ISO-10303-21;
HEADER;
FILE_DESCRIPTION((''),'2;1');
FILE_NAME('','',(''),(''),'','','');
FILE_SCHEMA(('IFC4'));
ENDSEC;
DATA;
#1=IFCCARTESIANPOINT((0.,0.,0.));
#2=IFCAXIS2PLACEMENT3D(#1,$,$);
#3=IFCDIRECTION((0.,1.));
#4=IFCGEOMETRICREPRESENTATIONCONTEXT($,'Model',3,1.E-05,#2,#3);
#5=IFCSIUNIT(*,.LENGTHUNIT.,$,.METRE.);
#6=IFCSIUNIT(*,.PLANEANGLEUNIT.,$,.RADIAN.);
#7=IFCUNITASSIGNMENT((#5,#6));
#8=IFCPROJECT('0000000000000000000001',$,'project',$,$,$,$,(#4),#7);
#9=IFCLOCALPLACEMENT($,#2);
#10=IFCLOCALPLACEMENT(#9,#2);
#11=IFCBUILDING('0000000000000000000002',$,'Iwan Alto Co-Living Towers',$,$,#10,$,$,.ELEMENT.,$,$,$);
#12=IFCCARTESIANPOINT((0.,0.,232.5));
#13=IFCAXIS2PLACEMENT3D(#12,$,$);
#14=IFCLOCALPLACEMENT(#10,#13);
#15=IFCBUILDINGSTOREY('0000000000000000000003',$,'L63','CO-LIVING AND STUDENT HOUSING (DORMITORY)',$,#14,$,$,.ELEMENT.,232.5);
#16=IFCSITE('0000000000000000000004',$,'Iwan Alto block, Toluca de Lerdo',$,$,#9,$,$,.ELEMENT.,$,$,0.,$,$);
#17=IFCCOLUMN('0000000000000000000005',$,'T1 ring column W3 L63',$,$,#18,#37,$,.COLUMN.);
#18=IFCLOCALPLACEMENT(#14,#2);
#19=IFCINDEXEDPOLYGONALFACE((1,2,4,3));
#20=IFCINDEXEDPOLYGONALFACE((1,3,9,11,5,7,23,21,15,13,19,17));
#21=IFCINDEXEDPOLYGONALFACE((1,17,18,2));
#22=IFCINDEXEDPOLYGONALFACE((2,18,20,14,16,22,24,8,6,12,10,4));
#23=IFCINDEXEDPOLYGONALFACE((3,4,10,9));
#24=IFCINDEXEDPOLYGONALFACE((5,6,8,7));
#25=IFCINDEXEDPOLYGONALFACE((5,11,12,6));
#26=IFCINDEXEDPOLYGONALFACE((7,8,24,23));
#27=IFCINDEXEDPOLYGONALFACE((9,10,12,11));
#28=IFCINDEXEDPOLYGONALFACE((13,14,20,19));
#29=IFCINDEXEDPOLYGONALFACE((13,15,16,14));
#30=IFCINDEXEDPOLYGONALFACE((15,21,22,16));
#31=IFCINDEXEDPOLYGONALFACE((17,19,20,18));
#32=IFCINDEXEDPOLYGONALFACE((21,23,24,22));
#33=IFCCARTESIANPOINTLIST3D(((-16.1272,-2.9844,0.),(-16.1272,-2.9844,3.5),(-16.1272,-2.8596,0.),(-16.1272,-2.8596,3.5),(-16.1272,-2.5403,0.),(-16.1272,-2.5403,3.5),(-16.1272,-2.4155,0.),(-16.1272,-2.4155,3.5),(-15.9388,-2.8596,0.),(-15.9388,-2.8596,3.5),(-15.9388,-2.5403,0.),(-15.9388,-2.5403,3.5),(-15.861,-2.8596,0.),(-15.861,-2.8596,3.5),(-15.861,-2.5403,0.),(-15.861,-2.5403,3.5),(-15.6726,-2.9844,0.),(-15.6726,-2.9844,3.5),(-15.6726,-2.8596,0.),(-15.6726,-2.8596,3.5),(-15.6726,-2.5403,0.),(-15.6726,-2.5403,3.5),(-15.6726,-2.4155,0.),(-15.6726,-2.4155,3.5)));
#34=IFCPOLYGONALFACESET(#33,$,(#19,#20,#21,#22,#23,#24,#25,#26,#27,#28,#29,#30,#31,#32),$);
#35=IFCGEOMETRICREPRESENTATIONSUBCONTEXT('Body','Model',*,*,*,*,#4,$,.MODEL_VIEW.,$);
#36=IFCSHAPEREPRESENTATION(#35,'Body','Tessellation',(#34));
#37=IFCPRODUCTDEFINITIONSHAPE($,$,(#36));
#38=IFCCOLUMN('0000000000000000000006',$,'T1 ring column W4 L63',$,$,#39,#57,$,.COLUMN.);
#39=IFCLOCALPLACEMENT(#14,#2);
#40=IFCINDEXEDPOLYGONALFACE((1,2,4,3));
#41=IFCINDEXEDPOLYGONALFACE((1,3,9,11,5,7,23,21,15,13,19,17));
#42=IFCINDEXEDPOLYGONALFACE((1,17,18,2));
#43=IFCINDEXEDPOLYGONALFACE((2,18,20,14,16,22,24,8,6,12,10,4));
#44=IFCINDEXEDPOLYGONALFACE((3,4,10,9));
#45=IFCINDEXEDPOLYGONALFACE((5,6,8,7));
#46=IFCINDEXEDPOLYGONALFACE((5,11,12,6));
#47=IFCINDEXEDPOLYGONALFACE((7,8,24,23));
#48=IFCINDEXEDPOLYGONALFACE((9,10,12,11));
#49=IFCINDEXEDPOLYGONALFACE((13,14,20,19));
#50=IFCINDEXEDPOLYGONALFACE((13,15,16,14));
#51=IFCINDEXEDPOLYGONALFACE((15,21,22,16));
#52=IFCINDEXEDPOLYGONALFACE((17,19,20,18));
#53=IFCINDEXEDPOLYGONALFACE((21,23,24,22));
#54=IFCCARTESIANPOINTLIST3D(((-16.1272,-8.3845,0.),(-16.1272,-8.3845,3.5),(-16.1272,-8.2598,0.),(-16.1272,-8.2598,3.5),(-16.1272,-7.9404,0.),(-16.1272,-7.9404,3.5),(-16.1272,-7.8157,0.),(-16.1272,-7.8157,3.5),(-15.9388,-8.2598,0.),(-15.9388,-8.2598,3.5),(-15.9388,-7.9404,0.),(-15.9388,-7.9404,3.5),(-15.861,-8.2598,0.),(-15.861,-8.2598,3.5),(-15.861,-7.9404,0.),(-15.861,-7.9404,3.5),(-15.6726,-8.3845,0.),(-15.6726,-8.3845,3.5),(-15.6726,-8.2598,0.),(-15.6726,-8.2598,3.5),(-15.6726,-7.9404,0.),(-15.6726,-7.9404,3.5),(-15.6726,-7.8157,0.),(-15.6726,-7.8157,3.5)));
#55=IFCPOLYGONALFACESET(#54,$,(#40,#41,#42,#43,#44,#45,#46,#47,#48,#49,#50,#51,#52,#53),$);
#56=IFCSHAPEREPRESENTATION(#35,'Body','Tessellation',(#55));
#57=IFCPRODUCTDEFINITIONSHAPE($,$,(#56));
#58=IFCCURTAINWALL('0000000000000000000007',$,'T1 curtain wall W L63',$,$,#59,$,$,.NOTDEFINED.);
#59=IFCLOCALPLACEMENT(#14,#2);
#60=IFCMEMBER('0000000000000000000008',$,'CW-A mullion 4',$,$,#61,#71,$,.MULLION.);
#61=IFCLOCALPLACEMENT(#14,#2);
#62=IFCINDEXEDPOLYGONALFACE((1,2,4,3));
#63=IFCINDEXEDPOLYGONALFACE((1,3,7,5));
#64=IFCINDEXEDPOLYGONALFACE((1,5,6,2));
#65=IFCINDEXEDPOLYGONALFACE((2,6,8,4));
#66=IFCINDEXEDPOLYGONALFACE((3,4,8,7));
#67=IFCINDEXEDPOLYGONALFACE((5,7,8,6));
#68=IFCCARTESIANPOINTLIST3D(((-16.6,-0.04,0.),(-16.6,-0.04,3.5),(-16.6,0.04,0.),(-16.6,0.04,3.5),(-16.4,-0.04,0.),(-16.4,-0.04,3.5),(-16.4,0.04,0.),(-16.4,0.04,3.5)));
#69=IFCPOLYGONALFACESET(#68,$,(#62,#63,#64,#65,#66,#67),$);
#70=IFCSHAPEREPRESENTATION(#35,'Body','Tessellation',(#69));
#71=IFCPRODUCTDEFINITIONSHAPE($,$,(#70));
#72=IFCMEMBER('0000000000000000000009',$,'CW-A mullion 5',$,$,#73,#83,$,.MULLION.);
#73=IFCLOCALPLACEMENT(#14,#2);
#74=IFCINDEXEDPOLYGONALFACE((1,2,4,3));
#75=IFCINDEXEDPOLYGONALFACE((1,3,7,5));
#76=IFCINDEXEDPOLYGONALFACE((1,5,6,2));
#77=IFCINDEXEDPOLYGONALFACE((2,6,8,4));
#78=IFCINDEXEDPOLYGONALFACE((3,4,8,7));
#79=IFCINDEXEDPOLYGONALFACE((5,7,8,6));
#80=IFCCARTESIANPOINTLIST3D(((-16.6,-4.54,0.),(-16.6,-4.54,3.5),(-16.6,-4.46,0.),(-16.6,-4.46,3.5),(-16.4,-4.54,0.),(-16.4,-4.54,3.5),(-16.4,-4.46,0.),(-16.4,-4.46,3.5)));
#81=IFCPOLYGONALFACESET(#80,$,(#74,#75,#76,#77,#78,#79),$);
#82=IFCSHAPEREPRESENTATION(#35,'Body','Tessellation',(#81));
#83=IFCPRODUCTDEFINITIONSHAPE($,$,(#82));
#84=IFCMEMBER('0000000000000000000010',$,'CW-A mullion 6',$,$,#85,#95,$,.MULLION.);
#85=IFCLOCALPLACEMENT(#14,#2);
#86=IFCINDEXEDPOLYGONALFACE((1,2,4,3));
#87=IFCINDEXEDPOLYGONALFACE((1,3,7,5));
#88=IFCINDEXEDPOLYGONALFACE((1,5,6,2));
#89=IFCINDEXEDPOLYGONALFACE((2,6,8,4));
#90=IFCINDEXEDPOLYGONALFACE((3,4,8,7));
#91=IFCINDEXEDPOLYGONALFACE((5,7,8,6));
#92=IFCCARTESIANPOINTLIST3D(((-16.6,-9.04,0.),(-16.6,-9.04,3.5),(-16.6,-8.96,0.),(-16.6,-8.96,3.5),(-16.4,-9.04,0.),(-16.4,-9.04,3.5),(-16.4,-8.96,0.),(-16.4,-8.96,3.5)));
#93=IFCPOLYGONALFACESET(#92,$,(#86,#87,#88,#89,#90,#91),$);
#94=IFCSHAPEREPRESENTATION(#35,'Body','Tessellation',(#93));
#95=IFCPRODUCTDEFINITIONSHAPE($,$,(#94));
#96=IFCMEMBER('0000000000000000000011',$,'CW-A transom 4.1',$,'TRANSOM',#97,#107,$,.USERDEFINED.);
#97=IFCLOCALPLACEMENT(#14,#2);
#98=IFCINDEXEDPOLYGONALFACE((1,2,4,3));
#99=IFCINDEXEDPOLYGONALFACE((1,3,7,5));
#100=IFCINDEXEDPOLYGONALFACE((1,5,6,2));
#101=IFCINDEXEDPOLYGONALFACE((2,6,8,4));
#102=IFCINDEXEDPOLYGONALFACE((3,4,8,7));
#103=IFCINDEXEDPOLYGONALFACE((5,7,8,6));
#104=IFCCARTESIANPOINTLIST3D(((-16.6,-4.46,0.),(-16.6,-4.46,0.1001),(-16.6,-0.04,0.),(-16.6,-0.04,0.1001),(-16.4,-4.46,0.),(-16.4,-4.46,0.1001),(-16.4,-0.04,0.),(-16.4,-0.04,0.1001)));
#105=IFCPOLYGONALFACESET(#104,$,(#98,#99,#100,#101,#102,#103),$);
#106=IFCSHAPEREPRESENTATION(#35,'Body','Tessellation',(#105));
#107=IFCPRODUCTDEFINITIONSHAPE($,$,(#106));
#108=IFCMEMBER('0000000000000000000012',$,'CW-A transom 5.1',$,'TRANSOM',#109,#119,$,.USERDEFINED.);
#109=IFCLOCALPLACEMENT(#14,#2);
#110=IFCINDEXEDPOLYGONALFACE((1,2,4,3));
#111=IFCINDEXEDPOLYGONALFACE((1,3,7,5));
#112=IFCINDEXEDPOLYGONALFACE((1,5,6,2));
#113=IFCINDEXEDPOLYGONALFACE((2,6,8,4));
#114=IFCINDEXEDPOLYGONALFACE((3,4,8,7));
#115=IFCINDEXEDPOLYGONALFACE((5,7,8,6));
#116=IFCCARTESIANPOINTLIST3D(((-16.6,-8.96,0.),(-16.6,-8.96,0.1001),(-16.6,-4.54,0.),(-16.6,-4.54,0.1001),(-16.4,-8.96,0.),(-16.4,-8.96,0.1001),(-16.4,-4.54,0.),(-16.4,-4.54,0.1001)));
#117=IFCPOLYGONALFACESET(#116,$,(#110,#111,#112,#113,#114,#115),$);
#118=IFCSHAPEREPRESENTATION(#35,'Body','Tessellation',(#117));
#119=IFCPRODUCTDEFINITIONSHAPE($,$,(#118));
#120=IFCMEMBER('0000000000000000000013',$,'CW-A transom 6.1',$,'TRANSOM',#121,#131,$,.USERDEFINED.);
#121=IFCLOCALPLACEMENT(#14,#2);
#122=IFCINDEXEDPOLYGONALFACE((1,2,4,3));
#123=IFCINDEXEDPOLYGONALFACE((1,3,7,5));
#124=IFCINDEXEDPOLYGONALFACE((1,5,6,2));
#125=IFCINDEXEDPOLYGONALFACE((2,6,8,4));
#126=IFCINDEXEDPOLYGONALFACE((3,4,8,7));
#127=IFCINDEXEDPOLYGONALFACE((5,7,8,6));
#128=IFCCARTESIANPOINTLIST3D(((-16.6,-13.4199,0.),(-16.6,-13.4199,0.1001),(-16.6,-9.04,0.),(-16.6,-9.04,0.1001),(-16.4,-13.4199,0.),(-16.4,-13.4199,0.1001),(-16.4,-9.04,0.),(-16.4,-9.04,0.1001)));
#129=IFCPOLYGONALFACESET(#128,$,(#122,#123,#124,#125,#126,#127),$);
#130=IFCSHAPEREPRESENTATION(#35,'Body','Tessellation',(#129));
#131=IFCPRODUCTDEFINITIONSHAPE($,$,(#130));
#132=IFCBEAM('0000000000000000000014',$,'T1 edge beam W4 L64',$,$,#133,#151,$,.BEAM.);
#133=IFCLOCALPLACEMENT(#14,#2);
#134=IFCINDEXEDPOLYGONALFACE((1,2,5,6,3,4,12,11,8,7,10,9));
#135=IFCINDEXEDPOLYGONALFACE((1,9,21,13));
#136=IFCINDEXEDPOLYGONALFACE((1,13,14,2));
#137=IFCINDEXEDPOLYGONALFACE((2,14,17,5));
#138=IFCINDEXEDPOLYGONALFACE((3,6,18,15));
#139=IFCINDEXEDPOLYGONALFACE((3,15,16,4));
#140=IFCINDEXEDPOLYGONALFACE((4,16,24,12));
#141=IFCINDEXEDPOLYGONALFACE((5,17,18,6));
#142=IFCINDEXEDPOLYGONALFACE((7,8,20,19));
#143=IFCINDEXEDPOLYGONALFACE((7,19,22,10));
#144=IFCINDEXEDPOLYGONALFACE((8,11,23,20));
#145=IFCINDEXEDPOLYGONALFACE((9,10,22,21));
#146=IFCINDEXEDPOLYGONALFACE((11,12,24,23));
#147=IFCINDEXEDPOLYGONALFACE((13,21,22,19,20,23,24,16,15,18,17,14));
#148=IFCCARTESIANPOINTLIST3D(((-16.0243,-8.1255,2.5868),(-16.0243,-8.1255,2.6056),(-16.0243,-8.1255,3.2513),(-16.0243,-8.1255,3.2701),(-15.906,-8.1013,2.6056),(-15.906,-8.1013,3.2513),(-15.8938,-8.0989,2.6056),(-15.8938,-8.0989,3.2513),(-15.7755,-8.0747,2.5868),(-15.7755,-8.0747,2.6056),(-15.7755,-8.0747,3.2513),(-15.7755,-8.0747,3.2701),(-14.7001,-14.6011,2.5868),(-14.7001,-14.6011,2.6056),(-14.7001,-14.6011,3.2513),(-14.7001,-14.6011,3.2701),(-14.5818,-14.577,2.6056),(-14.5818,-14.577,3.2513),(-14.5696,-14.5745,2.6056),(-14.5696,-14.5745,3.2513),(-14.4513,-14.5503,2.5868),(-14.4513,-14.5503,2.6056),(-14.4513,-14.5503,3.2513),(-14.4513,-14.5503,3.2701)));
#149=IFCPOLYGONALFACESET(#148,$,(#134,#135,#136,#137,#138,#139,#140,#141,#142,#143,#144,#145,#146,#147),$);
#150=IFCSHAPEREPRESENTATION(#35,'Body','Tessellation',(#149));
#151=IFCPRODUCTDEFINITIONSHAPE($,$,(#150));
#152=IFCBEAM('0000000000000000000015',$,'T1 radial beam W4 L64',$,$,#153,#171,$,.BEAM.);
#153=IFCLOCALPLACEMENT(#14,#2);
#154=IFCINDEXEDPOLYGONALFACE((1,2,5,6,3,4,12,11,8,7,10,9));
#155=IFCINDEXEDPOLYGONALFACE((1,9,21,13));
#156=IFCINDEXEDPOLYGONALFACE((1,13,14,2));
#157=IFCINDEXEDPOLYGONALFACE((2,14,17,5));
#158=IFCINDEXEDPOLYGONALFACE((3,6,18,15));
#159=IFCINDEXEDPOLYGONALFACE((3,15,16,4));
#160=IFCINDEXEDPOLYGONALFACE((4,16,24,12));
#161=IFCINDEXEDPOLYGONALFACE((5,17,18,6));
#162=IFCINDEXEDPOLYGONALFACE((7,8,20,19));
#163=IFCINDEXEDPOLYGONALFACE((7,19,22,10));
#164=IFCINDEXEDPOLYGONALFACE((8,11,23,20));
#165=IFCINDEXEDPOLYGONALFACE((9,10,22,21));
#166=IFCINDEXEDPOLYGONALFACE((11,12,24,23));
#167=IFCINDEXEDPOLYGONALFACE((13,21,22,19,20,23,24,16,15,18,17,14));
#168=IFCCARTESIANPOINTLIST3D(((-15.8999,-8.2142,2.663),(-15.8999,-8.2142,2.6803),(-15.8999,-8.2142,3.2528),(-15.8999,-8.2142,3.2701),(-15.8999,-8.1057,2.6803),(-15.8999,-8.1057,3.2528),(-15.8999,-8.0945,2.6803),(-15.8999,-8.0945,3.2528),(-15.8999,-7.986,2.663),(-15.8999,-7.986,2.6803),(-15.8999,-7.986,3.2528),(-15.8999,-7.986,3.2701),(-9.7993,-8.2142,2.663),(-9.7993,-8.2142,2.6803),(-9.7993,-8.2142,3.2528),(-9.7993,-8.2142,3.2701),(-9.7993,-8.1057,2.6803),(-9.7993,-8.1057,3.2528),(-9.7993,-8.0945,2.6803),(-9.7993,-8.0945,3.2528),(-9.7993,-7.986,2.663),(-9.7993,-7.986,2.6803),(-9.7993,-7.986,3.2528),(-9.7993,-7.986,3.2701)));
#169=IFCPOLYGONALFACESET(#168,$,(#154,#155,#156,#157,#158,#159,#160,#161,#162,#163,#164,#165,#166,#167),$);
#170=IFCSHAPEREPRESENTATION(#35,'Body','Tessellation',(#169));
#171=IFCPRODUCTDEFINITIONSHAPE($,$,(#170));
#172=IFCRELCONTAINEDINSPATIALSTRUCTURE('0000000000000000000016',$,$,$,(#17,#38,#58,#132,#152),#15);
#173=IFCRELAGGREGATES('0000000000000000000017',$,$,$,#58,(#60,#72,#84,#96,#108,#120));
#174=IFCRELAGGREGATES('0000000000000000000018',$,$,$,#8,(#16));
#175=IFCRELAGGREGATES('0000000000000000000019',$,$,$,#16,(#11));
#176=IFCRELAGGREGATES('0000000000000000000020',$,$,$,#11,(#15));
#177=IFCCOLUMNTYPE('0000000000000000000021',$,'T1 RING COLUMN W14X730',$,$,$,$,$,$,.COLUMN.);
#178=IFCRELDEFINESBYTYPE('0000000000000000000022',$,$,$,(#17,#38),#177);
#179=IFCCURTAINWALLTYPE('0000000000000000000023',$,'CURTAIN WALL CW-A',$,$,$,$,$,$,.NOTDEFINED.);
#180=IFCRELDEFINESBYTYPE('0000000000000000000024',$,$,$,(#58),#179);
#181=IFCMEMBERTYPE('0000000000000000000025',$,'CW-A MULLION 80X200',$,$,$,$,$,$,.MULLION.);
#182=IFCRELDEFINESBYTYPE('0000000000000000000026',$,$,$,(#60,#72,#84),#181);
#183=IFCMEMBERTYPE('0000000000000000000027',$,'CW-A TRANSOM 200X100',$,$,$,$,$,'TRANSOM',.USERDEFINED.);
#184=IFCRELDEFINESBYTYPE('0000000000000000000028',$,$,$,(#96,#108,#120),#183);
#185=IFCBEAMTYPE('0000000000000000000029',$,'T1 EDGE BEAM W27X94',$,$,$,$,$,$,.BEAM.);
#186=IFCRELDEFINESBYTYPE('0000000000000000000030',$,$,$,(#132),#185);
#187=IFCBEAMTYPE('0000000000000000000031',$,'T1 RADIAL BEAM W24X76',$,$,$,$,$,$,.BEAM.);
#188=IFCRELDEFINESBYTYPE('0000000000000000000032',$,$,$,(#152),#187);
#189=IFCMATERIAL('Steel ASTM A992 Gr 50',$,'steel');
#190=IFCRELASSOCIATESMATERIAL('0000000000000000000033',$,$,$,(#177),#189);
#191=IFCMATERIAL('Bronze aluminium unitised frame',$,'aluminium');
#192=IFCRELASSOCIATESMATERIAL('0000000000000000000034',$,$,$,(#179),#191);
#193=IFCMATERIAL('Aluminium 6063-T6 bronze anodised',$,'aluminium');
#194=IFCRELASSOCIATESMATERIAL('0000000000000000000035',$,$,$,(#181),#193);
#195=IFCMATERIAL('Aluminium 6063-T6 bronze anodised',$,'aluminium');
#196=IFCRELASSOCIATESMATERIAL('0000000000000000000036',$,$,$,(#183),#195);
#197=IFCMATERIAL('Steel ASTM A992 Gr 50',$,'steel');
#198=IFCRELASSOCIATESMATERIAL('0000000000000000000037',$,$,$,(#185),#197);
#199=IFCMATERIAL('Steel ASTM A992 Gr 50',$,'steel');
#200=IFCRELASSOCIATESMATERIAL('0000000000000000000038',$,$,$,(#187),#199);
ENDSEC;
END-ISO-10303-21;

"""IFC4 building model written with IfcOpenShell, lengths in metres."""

from ifc_helpers import new_model, si_unit, direction, frame, origin, origin_2d, place, context, subcontext, project, spatial, rectangle, i_section, extrude, material, material_profile, profile_set, type_object, element, aggregate, save


model = new_model("IFC4")

# Units and contexts
model_context = context("Model", 3, precision=1e-05, world=origin(), true_north=direction((0.0, 1.0)))
body_context = subcontext(model_context, "Body", "Model", "MODEL_VIEW")
ifc_project = project(units=[si_unit("LENGTHUNIT", "METRE"), si_unit("PLANEANGLEUNIT", "RADIAN")], contexts=[model_context])

# Site, building, storey
site_placement = place(None, origin())
site = spatial("IfcSite", under=ifc_project, at=site_placement, Name="Iwan Alto block, Toluca de Lerdo", CompositionType="ELEMENT", RefElevation=0.0)
building_placement = place(site_placement, origin())
building = spatial("IfcBuilding", under=site, at=building_placement, Name="Iwan Alto Co-Living Towers", CompositionType="ELEMENT")
storey_placement = place(building_placement, frame((0.0, 0.0, 232.5)))
storey = spatial("IfcBuildingStorey", under=building, at=storey_placement, Name="L63", Description="CO-LIVING AND STUDENT HOUSING (DORMITORY)", CompositionType="ELEMENT", Elevation=232.5)

# Columns
ifc_material_1 = material(Name="Steel ASTM A992 Gr 50", Category="steel")
ifc_material_profile_1 = material_profile(ifc_material_1, i_section(OverallWidth=0.4546, OverallDepth=0.5688, WebThickness=0.0779, FlangeThickness=0.1248, at=origin_2d()), Name="W14X730")
ifc_profile_set_1 = profile_set([ifc_material_profile_1], Name="Steel ASTM A992 Gr 50")
column_type = type_object("IfcColumnType", Name="T1 RING COLUMN W14X730", PredefinedType="COLUMN", material=ifc_profile_set_1)
for number, where, z_axis, x_axis, name in (
    (1, (-15.8999, -2.7, 0.0), (0.0, 0.0, 1.0), (1.0, 0.0, 0.0), "T1 ring column W3 L63"),
    (2, (-15.8999, -8.1001, 0.0), (0.0, 0.0, 1.0), (1.0, 0.0, 0.0), "T1 ring column W4 L63"),
):
    element("IfcColumn", number, at=place(storey_placement, frame(where, z_axis=z_axis, x_axis=x_axis)), inside=storey, type_object=column_type, Name=name, PredefinedType="COLUMN", context=body_context, shape_type="SweptSolid", body=[
        extrude(i_section(OverallWidth=0.4546, OverallDepth=0.5688, WebThickness=0.0779, FlangeThickness=0.1248, at=origin_2d()), origin(), (0.0, 0.0, 1.0), 3.5),
    ])

# Curtain wall, members
ifc_material_2 = material(Name="Bronze aluminium unitised frame", Category="aluminium")
curtain_wall_type = type_object("IfcCurtainWallType", Name="CURTAIN WALL CW-A", PredefinedType="NOTDEFINED", material=ifc_material_2)
curtain_wall_placement = place(storey_placement, origin())
curtain_wall = element("IfcCurtainWall", 3, at=curtain_wall_placement, inside=storey, type_object=curtain_wall_type, Name="T1 curtain wall W L63", PredefinedType="NOTDEFINED")
ifc_material_3 = material(Name="Aluminium 6063-T6 bronze anodised", Category="aluminium")
ifc_material_profile_2 = material_profile(ifc_material_3, rectangle(XDim=0.2, YDim=0.0801, at=origin_2d()), Name="AL 80X200")
ifc_profile_set_2 = profile_set([ifc_material_profile_2], Name="Aluminium 6063-T6 bronze anodised")
member_type_1 = type_object("IfcMemberType", Name="CW-A MULLION 80X200", PredefinedType="MULLION", material=ifc_profile_set_2)
member_1_placement = place(storey_placement, frame((-16.5, 0.0, 0.0), z_axis=(0.0, 0.0, 1.0), x_axis=(1.0, 0.0, 0.0)))
member_1 = element("IfcMember", 4, at=member_1_placement, type_object=member_type_1, Name="CW-A mullion 4", PredefinedType="MULLION", context=body_context, shape_type="SweptSolid", body=[
    extrude(rectangle(XDim=0.2, YDim=0.0801, at=origin_2d()), origin(), (0.0, 0.0, 1.0), 3.5),
])
member_2_placement = place(storey_placement, frame((-16.5, -4.5, 0.0), z_axis=(0.0, 0.0, 1.0), x_axis=(1.0, 0.0, 0.0)))
member_2 = element("IfcMember", 5, at=member_2_placement, type_object=member_type_1, Name="CW-A mullion 5", PredefinedType="MULLION", context=body_context, shape_type="SweptSolid", body=[
    extrude(rectangle(XDim=0.2, YDim=0.0801, at=origin_2d()), origin(), (0.0, 0.0, 1.0), 3.5),
])
member_3_placement = place(storey_placement, frame((-16.5, -9.0, 0.0), z_axis=(0.0, 0.0, 1.0), x_axis=(1.0, 0.0, 0.0)))
member_3 = element("IfcMember", 6, at=member_3_placement, type_object=member_type_1, Name="CW-A mullion 6", PredefinedType="MULLION", context=body_context, shape_type="SweptSolid", body=[
    extrude(rectangle(XDim=0.2, YDim=0.0801, at=origin_2d()), origin(), (0.0, 0.0, 1.0), 3.5),
])
ifc_material_4 = material(Name="Aluminium 6063-T6 bronze anodised", Category="aluminium")
ifc_material_profile_3 = material_profile(ifc_material_4, rectangle(XDim=0.2, YDim=0.1001, at=origin_2d()), Name="AL 200X100")
ifc_profile_set_3 = profile_set([ifc_material_profile_3], Name="Aluminium 6063-T6 bronze anodised")
member_type_2 = type_object("IfcMemberType", Name="CW-A TRANSOM 200X100", ElementType="TRANSOM", PredefinedType="USERDEFINED", material=ifc_profile_set_3)
member_4_placement = place(storey_placement, frame((-16.5, -0.04, 0.05), z_axis=(0.0, -1.0, 0.0), x_axis=(1.0, 0.0, 0.0)))
member_4 = element("IfcMember", 7, at=member_4_placement, type_object=member_type_2, Name="CW-A transom 4.1", ObjectType="TRANSOM", PredefinedType="USERDEFINED", context=body_context, shape_type="SweptSolid", body=[
    extrude(rectangle(XDim=0.2, YDim=0.1001, at=origin_2d()), origin(), (0.0, 0.0, 1.0), 4.4199),
])
member_5_placement = place(storey_placement, frame((-16.5, -4.54, 0.05), z_axis=(0.0, -1.0, 0.0), x_axis=(1.0, 0.0, 0.0)))
member_5 = element("IfcMember", 8, at=member_5_placement, type_object=member_type_2, Name="CW-A transom 5.1", ObjectType="TRANSOM", PredefinedType="USERDEFINED", context=body_context, shape_type="SweptSolid", body=[
    extrude(rectangle(XDim=0.2, YDim=0.1001, at=origin_2d()), origin(), (0.0, 0.0, 1.0), 4.4199),
])
member_6_placement = place(storey_placement, frame((-16.5, -9.04, 0.05), z_axis=(0.0, -1.0, 0.0), x_axis=(1.0, 0.0, 0.0)))
member_6 = element("IfcMember", 9, at=member_6_placement, type_object=member_type_2, Name="CW-A transom 6.1", ObjectType="TRANSOM", PredefinedType="USERDEFINED", context=body_context, shape_type="SweptSolid", body=[
    extrude(rectangle(XDim=0.2, YDim=0.1001, at=origin_2d()), origin(), (0.0, 0.0, 1.0), 4.3799),
])

# Beams
ifc_material_5 = material(Name="Steel ASTM A992 Gr 50", Category="steel")
ifc_material_profile_4 = material_profile(ifc_material_5, i_section(OverallWidth=0.2539, OverallDepth=0.6833, WebThickness=0.0125, FlangeThickness=0.0188, at=origin_2d()), Name="W27X94")
ifc_profile_set_4 = profile_set([ifc_material_profile_4], Name="Steel ASTM A992 Gr 50")
beam_type_1 = type_object("IfcBeamType", Name="T1 EDGE BEAM W27X94", PredefinedType="BEAM", material=ifc_profile_set_4)
beam_1_placement = place(storey_placement, frame((-15.8999, -8.1001, 2.9285), z_axis=(0.200348, -0.979725, 0.0), x_axis=(0.979725, 0.200348, 0.0)))
element("IfcBeam", 10, at=beam_1_placement, inside=storey, type_object=beam_type_1, Name="T1 edge beam W4 L64", PredefinedType="BEAM", context=body_context, shape_type="SweptSolid", body=[
    extrude(i_section(OverallWidth=0.2539, OverallDepth=0.6833, WebThickness=0.0125, FlangeThickness=0.0188, at=origin_2d()), origin(), (0.0, 0.0, 1.0), 6.6096),
])
ifc_material_6 = material(Name="Steel ASTM A992 Gr 50", Category="steel")
ifc_material_profile_5 = material_profile(ifc_material_6, i_section(OverallWidth=0.2283, OverallDepth=0.6072, WebThickness=0.0112, FlangeThickness=0.0173, at=origin_2d()), Name="W24X76")
ifc_profile_set_5 = profile_set([ifc_material_profile_5], Name="Steel ASTM A992 Gr 50")
beam_type_2 = type_object("IfcBeamType", Name="T1 RADIAL BEAM W24X76", PredefinedType="BEAM", material=ifc_profile_set_5)
beam_2_placement = place(storey_placement, frame((-15.8999, -8.1001, 2.9666), z_axis=(1.0, 0.0, 0.0), x_axis=(0.0, 1.0, 0.0)))
element("IfcBeam", 11, at=beam_2_placement, inside=storey, type_object=beam_type_2, Name="T1 radial beam W4 L64", PredefinedType="BEAM", context=body_context, shape_type="SweptSolid", body=[
    extrude(i_section(OverallWidth=0.2283, OverallDepth=0.6072, WebThickness=0.0112, FlangeThickness=0.0173, at=origin_2d()), origin(), (0.0, 0.0, 1.0), 6.1006),
])

aggregate(curtain_wall, [member_1, member_2, member_3, member_4, member_5, member_6])

save(model, "model.ifc")
